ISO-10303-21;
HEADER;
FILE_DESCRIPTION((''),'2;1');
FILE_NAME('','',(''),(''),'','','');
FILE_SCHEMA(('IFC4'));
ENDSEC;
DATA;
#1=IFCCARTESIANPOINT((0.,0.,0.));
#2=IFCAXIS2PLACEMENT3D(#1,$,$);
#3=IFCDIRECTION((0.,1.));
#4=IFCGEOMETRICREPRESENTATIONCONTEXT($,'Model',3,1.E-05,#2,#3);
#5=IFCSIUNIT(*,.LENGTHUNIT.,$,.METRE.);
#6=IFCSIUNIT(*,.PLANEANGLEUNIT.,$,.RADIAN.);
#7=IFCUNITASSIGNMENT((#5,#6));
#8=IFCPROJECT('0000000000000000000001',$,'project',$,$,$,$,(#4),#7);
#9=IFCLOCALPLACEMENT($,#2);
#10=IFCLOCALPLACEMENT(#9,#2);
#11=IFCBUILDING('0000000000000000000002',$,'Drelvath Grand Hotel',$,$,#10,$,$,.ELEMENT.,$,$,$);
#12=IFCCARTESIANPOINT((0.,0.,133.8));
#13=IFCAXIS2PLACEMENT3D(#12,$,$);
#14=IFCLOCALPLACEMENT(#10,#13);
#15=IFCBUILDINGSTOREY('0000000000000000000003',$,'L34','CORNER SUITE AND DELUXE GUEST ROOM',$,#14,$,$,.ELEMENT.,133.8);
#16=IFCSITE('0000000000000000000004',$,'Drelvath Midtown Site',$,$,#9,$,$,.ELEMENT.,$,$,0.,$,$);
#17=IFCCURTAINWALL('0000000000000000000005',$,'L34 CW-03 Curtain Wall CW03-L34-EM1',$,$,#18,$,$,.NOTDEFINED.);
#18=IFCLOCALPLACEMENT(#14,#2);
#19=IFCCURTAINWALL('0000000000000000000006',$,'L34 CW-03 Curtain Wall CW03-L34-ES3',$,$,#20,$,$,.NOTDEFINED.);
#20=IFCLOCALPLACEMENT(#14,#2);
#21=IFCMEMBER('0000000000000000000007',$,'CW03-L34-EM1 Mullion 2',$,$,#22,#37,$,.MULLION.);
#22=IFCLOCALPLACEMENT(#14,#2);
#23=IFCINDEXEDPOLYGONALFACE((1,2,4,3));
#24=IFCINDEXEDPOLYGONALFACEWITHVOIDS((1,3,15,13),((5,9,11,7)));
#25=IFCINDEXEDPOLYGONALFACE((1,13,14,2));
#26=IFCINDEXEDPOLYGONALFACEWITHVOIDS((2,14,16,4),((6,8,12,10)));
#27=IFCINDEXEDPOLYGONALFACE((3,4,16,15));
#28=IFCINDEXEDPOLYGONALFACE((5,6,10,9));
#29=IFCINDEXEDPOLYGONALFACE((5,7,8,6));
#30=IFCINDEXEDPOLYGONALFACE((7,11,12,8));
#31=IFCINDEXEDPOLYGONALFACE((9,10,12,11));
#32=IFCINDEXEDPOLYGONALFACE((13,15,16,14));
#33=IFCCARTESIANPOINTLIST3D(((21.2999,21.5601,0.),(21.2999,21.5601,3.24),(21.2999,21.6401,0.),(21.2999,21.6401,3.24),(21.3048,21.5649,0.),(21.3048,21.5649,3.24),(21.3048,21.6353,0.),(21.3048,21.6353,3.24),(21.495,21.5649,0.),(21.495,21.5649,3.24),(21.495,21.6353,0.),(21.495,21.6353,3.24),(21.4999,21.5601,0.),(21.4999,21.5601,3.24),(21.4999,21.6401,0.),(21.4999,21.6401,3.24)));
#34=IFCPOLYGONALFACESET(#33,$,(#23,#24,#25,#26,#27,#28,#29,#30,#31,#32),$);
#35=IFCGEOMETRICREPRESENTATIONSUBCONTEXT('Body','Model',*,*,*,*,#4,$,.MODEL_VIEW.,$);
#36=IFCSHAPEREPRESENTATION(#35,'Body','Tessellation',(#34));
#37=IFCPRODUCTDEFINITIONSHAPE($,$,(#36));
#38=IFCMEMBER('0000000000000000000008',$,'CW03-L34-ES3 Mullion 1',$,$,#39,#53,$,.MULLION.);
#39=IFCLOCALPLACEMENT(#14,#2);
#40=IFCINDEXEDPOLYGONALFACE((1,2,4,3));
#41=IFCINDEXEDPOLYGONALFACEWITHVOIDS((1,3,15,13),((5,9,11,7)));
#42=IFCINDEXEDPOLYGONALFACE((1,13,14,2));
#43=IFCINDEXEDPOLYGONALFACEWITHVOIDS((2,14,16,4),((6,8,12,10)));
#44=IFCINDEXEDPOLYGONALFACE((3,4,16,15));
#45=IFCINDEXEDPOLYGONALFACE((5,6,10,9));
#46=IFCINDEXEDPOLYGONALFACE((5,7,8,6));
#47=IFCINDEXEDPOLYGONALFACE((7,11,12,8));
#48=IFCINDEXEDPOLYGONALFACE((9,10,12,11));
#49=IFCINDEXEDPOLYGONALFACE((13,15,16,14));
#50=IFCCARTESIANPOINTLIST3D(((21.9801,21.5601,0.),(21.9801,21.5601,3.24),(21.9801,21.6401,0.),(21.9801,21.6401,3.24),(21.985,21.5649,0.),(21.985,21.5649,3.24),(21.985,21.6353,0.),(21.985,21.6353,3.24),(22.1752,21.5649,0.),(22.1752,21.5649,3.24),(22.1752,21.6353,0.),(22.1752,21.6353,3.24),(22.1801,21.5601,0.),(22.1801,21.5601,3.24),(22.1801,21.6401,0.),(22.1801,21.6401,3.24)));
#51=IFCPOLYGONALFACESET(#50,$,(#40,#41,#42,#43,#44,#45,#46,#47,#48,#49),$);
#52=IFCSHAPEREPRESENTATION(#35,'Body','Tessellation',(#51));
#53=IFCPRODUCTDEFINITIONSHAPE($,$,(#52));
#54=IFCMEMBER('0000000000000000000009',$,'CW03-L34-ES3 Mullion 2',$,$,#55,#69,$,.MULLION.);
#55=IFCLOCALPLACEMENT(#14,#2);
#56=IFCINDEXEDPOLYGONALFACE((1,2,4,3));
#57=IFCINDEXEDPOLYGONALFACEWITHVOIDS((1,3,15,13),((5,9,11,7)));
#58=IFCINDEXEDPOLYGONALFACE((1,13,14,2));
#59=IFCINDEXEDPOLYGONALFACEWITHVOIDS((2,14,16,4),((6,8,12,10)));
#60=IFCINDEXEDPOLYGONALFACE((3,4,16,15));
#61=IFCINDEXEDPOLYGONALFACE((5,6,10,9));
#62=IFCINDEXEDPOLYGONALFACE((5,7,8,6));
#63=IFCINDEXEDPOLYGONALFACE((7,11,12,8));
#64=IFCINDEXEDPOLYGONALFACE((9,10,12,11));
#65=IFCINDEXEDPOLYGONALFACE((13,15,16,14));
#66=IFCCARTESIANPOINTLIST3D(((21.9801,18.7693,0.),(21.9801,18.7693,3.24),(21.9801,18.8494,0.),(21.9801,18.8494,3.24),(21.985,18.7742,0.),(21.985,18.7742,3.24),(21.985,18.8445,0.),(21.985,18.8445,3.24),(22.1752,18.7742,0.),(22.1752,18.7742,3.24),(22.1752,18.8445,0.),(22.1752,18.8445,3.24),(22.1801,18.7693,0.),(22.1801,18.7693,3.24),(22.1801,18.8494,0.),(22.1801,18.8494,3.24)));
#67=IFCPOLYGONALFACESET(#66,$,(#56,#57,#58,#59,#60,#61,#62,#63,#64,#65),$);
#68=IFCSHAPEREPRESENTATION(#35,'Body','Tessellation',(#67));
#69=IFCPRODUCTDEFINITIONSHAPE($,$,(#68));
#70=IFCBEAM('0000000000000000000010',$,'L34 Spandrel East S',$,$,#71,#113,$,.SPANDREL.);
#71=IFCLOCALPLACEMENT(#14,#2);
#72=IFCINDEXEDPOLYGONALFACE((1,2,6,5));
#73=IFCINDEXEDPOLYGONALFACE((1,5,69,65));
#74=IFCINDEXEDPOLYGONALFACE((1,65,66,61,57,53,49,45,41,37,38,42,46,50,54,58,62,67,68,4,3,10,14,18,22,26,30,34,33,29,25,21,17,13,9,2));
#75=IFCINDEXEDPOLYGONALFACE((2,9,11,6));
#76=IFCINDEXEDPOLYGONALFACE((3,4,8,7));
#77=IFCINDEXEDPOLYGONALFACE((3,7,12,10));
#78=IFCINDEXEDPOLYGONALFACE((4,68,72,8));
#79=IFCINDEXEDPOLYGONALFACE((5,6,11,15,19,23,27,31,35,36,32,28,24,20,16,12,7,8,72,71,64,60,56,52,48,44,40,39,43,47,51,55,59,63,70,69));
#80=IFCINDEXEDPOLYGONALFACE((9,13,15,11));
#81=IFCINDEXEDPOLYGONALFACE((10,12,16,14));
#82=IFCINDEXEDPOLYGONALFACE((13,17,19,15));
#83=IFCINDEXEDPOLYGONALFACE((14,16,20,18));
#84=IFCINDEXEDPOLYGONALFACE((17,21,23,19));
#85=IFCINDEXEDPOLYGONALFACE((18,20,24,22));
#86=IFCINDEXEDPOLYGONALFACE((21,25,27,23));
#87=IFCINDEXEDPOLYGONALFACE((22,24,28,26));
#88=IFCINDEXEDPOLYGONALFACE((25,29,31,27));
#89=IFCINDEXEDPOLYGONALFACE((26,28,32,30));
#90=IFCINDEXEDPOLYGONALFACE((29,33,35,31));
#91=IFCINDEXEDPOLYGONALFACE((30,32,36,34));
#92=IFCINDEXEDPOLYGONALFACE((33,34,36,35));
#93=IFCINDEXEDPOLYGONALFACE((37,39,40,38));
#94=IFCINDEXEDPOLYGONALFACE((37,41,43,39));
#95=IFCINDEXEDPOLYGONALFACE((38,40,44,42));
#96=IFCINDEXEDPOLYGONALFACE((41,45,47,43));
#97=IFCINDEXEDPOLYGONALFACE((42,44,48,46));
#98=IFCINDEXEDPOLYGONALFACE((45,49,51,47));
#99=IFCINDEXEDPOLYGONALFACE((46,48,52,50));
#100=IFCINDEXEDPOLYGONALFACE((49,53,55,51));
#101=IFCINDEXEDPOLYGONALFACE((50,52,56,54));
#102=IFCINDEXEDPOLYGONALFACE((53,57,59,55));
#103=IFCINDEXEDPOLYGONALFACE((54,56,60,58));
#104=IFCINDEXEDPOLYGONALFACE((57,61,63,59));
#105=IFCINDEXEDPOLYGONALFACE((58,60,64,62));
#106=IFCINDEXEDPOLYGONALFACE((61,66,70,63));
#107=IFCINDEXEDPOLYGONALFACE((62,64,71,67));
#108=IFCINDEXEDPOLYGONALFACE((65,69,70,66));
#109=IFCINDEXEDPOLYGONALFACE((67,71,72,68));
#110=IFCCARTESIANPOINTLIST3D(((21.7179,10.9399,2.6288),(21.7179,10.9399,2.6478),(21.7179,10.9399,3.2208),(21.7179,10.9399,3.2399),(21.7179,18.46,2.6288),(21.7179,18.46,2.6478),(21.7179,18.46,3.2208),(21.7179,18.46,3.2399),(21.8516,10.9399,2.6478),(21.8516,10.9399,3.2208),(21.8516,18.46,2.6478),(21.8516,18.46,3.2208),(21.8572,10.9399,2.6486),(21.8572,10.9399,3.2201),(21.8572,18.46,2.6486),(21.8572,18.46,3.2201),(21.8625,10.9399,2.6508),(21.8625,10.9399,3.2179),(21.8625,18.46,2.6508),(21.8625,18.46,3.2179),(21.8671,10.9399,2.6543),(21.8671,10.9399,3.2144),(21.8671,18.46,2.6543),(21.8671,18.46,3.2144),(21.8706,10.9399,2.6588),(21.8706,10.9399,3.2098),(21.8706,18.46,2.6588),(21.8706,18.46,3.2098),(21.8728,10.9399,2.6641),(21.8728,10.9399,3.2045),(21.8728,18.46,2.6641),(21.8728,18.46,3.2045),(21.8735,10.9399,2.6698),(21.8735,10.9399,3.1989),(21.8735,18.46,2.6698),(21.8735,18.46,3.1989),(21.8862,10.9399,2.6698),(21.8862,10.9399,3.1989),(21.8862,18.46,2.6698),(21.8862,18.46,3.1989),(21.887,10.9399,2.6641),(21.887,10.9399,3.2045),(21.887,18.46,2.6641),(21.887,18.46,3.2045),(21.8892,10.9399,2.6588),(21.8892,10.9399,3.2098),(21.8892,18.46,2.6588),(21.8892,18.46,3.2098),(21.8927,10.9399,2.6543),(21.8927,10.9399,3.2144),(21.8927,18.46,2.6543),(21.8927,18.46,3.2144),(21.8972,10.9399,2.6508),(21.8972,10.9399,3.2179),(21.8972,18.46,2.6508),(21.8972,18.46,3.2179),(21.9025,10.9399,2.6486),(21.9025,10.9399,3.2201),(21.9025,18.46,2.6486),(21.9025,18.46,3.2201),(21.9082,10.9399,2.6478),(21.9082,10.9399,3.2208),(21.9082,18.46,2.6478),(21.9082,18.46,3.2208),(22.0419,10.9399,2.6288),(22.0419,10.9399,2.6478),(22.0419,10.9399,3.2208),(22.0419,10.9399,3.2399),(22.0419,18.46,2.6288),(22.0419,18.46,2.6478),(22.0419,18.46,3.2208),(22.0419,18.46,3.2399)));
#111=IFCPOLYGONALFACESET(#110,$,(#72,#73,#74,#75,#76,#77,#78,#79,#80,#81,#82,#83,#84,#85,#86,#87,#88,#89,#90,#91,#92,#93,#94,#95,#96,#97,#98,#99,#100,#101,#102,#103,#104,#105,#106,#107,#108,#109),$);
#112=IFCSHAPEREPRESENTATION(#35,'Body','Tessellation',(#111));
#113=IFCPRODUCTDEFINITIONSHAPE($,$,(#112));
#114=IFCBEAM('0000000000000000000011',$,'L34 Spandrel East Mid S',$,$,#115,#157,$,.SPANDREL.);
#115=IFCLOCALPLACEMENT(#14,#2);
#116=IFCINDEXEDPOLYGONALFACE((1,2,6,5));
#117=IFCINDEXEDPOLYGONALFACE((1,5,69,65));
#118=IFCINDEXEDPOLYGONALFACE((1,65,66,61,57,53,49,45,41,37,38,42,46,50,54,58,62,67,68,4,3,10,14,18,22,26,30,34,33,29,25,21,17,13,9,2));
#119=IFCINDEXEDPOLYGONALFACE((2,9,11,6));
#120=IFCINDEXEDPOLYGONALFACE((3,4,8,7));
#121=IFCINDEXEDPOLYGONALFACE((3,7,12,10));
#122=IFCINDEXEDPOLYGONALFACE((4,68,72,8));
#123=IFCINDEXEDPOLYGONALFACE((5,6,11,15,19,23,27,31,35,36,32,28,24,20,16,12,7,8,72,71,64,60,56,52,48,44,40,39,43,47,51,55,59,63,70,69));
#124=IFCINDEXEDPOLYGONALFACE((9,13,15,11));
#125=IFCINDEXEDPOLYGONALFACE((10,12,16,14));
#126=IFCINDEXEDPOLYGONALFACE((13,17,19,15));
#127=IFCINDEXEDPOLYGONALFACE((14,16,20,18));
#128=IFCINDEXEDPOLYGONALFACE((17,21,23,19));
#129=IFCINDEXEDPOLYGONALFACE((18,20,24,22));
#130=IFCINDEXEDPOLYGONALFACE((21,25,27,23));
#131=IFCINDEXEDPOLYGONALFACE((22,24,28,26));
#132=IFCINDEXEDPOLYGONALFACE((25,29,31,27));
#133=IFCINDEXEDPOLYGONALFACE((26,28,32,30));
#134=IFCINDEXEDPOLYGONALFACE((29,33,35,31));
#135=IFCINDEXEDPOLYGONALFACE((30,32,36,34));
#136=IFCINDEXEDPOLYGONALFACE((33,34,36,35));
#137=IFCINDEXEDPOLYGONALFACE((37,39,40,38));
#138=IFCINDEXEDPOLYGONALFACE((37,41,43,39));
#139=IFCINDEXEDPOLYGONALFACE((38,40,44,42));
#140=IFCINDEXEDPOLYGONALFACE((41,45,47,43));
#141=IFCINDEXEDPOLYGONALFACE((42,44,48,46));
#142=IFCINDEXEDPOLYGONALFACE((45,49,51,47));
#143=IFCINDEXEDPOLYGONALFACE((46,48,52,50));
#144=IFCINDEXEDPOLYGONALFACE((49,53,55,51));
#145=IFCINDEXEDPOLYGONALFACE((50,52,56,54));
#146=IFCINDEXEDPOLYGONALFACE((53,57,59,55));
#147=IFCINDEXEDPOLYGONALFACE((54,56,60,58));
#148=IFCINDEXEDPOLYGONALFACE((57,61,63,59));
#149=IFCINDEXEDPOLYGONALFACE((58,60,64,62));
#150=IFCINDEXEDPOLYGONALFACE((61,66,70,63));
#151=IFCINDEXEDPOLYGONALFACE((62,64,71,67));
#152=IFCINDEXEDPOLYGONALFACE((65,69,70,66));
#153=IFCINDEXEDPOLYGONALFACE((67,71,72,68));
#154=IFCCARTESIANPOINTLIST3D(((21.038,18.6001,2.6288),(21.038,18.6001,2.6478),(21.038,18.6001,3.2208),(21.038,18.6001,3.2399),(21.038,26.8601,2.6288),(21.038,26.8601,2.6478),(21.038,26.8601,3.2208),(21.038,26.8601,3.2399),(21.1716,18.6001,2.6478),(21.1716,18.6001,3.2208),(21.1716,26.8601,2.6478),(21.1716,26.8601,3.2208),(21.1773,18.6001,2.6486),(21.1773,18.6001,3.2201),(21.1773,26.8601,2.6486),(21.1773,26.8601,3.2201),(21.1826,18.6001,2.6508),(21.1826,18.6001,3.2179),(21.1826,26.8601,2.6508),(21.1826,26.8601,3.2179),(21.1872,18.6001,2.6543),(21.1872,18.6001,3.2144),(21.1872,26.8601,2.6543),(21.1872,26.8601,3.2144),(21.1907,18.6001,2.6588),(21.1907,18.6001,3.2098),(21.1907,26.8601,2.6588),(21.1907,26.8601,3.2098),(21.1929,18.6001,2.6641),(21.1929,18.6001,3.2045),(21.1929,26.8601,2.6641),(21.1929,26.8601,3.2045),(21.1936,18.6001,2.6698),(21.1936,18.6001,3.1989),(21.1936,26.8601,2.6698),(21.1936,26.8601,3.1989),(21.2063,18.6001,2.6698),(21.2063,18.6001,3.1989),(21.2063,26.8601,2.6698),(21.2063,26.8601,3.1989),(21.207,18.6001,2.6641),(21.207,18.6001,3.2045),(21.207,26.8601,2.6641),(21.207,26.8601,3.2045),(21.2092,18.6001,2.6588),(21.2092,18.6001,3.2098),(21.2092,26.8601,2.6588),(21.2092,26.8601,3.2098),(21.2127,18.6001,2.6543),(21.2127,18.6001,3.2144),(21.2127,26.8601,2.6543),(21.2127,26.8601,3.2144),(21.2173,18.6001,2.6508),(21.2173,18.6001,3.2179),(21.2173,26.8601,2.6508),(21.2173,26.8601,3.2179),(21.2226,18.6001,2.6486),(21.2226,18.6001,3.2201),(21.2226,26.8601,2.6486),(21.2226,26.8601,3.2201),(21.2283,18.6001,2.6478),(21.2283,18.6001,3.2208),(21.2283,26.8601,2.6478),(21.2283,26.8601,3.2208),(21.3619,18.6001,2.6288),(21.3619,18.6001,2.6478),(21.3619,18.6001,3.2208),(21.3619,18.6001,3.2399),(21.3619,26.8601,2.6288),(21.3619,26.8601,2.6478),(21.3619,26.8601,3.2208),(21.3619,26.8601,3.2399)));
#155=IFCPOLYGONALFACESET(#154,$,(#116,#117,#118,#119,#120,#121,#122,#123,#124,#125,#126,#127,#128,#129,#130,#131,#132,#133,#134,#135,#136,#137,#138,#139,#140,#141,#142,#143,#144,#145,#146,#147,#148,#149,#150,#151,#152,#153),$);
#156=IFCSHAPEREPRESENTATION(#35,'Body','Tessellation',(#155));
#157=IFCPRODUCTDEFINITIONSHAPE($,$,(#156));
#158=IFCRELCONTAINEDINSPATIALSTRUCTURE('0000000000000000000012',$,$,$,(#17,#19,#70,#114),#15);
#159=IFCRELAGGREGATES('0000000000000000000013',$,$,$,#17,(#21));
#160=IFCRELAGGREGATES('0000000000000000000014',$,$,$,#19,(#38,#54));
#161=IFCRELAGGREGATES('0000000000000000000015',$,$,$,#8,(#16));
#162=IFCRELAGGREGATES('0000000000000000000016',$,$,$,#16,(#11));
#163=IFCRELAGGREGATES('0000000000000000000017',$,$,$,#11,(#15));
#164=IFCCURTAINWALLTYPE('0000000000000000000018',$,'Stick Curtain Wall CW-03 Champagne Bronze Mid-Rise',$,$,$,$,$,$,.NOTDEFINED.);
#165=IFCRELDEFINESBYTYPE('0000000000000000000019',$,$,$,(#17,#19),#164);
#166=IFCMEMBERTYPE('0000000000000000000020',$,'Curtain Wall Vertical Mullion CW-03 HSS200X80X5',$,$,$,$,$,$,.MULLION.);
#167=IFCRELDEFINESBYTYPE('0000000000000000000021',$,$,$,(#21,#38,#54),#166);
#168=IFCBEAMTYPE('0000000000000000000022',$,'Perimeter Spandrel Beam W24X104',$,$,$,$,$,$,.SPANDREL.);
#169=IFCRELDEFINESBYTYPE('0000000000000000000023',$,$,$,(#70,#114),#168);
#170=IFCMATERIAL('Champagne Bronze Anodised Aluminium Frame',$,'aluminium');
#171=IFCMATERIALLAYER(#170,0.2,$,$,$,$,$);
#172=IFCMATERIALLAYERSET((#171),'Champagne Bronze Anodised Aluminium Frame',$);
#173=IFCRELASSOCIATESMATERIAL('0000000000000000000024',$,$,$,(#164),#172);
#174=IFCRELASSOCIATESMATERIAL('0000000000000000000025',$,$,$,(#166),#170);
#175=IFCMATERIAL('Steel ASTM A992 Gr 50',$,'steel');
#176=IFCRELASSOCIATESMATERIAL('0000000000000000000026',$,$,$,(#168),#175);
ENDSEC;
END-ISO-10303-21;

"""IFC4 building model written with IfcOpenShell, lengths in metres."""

from ifc_helpers import new_model, si_unit, direction, frame, origin, origin_2d, place, context, subcontext, project, spatial, hollow_rectangle, i_section, extrude, material, layer, layer_set, material_profile, profile_set, type_object, element, aggregate, save


model = new_model("IFC4")

# Units and contexts
model_context = context("Model", 3, precision=1e-05, world=origin(), true_north=direction((0.0, 1.0)))
body_context = subcontext(model_context, "Body", "Model", "MODEL_VIEW")
ifc_project = project(units=[si_unit("LENGTHUNIT", "METRE"), si_unit("PLANEANGLEUNIT", "RADIAN")], contexts=[model_context])

# Site, building, storey
site_placement = place(None, origin())
site = spatial("IfcSite", under=ifc_project, at=site_placement, Name="Drelvath Midtown Site", CompositionType="ELEMENT", RefElevation=0.0)
building_placement = place(site_placement, origin())
building = spatial("IfcBuilding", under=site, at=building_placement, Name="Drelvath Grand Hotel", CompositionType="ELEMENT")
storey_placement = place(building_placement, frame((0.0, 0.0, 133.8)))
storey = spatial("IfcBuildingStorey", under=building, at=storey_placement, Name="L34", Description="CORNER SUITE AND DELUXE GUEST ROOM", CompositionType="ELEMENT", Elevation=133.8)

# Shared definitions
ifc_material_1 = material(Name="Steel ASTM A992 Gr 50", Category="steel")

# Curtain walls
ifc_material_2 = material(Name="Champagne Bronze Anodised Aluminium Frame", Category="aluminium")
ifc_layer_1 = layer(ifc_material_2, 0.2)
ifc_layer_set_1 = layer_set([ifc_layer_1], Name="Champagne Bronze Anodised Aluminium Frame")
curtain_wall_type = type_object("IfcCurtainWallType", Name="Stick Curtain Wall CW-03 Champagne Bronze Mid-Rise", PredefinedType="NOTDEFINED", material=ifc_layer_set_1)
curtain_wall_1_placement = place(storey_placement, origin())
curtain_wall_1 = element("IfcCurtainWall", 1, at=curtain_wall_1_placement, inside=storey, type_object=curtain_wall_type, Name="L34 CW-03 Curtain Wall CW03-L34-EM1", PredefinedType="NOTDEFINED")
curtain_wall_2_placement = place(storey_placement, origin())
curtain_wall_2 = element("IfcCurtainWall", 2, at=curtain_wall_2_placement, inside=storey, type_object=curtain_wall_type, Name="L34 CW-03 Curtain Wall CW03-L34-ES3", PredefinedType="NOTDEFINED")

# Members
ifc_material_profile_1 = material_profile(ifc_material_2, hollow_rectangle(XDim=0.0801, YDim=0.2, WallThickness=0.0049, at=origin_2d()), Name="HSS200X80X5")
ifc_profile_set_1 = profile_set([ifc_material_profile_1], Name="Champagne Bronze Anodised Aluminium Frame")
member_type_1 = type_object("IfcMemberType", Name="Curtain Wall Vertical Mullion CW-03 HSS200X80X5", PredefinedType="MULLION", material=ifc_profile_set_1)
member_1_placement = place(storey_placement, frame((21.3999, 21.6001, 0.0), z_axis=(0.0, 0.0, 1.0), x_axis=(0.0, 1.0, 0.0)))
member_1 = element("IfcMember", 3, at=member_1_placement, type_object=member_type_1, Name="CW03-L34-EM1 Mullion 2", PredefinedType="MULLION", context=body_context, shape_type="SweptSolid", body=[
    extrude(hollow_rectangle(XDim=0.0801, YDim=0.2, WallThickness=0.0049, at=origin_2d()), origin(), (0.0, 0.0, 1.0), 3.24),
])
member_2_placement = place(storey_placement, frame((22.0801, 21.6001, 0.0), z_axis=(0.0, 0.0, 1.0), x_axis=(0.0, 1.0, 0.0)))
member_2 = element("IfcMember", 4, at=member_2_placement, type_object=member_type_1, Name="CW03-L34-ES3 Mullion 1", PredefinedType="MULLION", context=body_context, shape_type="SweptSolid", body=[
    extrude(hollow_rectangle(XDim=0.0801, YDim=0.2, WallThickness=0.0049, at=origin_2d()), origin(), (0.0, 0.0, 1.0), 3.24),
])
member_3_placement = place(storey_placement, frame((22.0801, 18.8093, 0.0), z_axis=(0.0, 0.0, 1.0), x_axis=(0.0, 1.0, 0.0)))
member_3 = element("IfcMember", 5, at=member_3_placement, type_object=member_type_1, Name="CW03-L34-ES3 Mullion 2", PredefinedType="MULLION", context=body_context, shape_type="SweptSolid", body=[
    extrude(hollow_rectangle(XDim=0.0801, YDim=0.2, WallThickness=0.0049, at=origin_2d()), origin(), (0.0, 0.0, 1.0), 3.24),
])

# Beams
ifc_material_profile_2 = material_profile(ifc_material_1, i_section(OverallWidth=0.324, OverallDepth=0.6111, WebThickness=0.0127, FlangeThickness=0.019, FilletRadius=0.022, at=origin_2d()), Name="W24X104")
ifc_profile_set_2 = profile_set([ifc_material_profile_2], Name="Steel ASTM A992 Gr 50")
beam_type_1 = type_object("IfcBeamType", Name="Perimeter Spandrel Beam W24X104", PredefinedType="SPANDREL", material=ifc_profile_set_2)
beam_1_placement = place(storey_placement, frame((21.8799, 10.9399, 2.9343), z_axis=(0.0, 1.0, 0.0), x_axis=(-1.0, 0.0, 0.0)))
element("IfcBeam", 6, at=beam_1_placement, inside=storey, type_object=beam_type_1, Name="L34 Spandrel East S", PredefinedType="SPANDREL", context=body_context, shape_type="SweptSolid", body=[
    extrude(i_section(OverallWidth=0.324, OverallDepth=0.6111, WebThickness=0.0127, FlangeThickness=0.019, FilletRadius=0.022, at=origin_2d()), origin(), (0.0, 0.0, 1.0), 7.52),
])
beam_2_placement = place(storey_placement, frame((21.2, 18.6001, 2.9343), z_axis=(0.0, 1.0, 0.0), x_axis=(-1.0, 0.0, 0.0)))
element("IfcBeam", 7, at=beam_2_placement, inside=storey, type_object=beam_type_1, Name="L34 Spandrel East Mid S", PredefinedType="SPANDREL", context=body_context, shape_type="SweptSolid", body=[
    extrude(i_section(OverallWidth=0.324, OverallDepth=0.6111, WebThickness=0.0127, FlangeThickness=0.019, FilletRadius=0.022, at=origin_2d()), origin(), (0.0, 0.0, 1.0), 8.26),
])

aggregate(curtain_wall_1, [member_1])
aggregate(curtain_wall_2, [member_2, member_3])

save(model, "model.ifc")
